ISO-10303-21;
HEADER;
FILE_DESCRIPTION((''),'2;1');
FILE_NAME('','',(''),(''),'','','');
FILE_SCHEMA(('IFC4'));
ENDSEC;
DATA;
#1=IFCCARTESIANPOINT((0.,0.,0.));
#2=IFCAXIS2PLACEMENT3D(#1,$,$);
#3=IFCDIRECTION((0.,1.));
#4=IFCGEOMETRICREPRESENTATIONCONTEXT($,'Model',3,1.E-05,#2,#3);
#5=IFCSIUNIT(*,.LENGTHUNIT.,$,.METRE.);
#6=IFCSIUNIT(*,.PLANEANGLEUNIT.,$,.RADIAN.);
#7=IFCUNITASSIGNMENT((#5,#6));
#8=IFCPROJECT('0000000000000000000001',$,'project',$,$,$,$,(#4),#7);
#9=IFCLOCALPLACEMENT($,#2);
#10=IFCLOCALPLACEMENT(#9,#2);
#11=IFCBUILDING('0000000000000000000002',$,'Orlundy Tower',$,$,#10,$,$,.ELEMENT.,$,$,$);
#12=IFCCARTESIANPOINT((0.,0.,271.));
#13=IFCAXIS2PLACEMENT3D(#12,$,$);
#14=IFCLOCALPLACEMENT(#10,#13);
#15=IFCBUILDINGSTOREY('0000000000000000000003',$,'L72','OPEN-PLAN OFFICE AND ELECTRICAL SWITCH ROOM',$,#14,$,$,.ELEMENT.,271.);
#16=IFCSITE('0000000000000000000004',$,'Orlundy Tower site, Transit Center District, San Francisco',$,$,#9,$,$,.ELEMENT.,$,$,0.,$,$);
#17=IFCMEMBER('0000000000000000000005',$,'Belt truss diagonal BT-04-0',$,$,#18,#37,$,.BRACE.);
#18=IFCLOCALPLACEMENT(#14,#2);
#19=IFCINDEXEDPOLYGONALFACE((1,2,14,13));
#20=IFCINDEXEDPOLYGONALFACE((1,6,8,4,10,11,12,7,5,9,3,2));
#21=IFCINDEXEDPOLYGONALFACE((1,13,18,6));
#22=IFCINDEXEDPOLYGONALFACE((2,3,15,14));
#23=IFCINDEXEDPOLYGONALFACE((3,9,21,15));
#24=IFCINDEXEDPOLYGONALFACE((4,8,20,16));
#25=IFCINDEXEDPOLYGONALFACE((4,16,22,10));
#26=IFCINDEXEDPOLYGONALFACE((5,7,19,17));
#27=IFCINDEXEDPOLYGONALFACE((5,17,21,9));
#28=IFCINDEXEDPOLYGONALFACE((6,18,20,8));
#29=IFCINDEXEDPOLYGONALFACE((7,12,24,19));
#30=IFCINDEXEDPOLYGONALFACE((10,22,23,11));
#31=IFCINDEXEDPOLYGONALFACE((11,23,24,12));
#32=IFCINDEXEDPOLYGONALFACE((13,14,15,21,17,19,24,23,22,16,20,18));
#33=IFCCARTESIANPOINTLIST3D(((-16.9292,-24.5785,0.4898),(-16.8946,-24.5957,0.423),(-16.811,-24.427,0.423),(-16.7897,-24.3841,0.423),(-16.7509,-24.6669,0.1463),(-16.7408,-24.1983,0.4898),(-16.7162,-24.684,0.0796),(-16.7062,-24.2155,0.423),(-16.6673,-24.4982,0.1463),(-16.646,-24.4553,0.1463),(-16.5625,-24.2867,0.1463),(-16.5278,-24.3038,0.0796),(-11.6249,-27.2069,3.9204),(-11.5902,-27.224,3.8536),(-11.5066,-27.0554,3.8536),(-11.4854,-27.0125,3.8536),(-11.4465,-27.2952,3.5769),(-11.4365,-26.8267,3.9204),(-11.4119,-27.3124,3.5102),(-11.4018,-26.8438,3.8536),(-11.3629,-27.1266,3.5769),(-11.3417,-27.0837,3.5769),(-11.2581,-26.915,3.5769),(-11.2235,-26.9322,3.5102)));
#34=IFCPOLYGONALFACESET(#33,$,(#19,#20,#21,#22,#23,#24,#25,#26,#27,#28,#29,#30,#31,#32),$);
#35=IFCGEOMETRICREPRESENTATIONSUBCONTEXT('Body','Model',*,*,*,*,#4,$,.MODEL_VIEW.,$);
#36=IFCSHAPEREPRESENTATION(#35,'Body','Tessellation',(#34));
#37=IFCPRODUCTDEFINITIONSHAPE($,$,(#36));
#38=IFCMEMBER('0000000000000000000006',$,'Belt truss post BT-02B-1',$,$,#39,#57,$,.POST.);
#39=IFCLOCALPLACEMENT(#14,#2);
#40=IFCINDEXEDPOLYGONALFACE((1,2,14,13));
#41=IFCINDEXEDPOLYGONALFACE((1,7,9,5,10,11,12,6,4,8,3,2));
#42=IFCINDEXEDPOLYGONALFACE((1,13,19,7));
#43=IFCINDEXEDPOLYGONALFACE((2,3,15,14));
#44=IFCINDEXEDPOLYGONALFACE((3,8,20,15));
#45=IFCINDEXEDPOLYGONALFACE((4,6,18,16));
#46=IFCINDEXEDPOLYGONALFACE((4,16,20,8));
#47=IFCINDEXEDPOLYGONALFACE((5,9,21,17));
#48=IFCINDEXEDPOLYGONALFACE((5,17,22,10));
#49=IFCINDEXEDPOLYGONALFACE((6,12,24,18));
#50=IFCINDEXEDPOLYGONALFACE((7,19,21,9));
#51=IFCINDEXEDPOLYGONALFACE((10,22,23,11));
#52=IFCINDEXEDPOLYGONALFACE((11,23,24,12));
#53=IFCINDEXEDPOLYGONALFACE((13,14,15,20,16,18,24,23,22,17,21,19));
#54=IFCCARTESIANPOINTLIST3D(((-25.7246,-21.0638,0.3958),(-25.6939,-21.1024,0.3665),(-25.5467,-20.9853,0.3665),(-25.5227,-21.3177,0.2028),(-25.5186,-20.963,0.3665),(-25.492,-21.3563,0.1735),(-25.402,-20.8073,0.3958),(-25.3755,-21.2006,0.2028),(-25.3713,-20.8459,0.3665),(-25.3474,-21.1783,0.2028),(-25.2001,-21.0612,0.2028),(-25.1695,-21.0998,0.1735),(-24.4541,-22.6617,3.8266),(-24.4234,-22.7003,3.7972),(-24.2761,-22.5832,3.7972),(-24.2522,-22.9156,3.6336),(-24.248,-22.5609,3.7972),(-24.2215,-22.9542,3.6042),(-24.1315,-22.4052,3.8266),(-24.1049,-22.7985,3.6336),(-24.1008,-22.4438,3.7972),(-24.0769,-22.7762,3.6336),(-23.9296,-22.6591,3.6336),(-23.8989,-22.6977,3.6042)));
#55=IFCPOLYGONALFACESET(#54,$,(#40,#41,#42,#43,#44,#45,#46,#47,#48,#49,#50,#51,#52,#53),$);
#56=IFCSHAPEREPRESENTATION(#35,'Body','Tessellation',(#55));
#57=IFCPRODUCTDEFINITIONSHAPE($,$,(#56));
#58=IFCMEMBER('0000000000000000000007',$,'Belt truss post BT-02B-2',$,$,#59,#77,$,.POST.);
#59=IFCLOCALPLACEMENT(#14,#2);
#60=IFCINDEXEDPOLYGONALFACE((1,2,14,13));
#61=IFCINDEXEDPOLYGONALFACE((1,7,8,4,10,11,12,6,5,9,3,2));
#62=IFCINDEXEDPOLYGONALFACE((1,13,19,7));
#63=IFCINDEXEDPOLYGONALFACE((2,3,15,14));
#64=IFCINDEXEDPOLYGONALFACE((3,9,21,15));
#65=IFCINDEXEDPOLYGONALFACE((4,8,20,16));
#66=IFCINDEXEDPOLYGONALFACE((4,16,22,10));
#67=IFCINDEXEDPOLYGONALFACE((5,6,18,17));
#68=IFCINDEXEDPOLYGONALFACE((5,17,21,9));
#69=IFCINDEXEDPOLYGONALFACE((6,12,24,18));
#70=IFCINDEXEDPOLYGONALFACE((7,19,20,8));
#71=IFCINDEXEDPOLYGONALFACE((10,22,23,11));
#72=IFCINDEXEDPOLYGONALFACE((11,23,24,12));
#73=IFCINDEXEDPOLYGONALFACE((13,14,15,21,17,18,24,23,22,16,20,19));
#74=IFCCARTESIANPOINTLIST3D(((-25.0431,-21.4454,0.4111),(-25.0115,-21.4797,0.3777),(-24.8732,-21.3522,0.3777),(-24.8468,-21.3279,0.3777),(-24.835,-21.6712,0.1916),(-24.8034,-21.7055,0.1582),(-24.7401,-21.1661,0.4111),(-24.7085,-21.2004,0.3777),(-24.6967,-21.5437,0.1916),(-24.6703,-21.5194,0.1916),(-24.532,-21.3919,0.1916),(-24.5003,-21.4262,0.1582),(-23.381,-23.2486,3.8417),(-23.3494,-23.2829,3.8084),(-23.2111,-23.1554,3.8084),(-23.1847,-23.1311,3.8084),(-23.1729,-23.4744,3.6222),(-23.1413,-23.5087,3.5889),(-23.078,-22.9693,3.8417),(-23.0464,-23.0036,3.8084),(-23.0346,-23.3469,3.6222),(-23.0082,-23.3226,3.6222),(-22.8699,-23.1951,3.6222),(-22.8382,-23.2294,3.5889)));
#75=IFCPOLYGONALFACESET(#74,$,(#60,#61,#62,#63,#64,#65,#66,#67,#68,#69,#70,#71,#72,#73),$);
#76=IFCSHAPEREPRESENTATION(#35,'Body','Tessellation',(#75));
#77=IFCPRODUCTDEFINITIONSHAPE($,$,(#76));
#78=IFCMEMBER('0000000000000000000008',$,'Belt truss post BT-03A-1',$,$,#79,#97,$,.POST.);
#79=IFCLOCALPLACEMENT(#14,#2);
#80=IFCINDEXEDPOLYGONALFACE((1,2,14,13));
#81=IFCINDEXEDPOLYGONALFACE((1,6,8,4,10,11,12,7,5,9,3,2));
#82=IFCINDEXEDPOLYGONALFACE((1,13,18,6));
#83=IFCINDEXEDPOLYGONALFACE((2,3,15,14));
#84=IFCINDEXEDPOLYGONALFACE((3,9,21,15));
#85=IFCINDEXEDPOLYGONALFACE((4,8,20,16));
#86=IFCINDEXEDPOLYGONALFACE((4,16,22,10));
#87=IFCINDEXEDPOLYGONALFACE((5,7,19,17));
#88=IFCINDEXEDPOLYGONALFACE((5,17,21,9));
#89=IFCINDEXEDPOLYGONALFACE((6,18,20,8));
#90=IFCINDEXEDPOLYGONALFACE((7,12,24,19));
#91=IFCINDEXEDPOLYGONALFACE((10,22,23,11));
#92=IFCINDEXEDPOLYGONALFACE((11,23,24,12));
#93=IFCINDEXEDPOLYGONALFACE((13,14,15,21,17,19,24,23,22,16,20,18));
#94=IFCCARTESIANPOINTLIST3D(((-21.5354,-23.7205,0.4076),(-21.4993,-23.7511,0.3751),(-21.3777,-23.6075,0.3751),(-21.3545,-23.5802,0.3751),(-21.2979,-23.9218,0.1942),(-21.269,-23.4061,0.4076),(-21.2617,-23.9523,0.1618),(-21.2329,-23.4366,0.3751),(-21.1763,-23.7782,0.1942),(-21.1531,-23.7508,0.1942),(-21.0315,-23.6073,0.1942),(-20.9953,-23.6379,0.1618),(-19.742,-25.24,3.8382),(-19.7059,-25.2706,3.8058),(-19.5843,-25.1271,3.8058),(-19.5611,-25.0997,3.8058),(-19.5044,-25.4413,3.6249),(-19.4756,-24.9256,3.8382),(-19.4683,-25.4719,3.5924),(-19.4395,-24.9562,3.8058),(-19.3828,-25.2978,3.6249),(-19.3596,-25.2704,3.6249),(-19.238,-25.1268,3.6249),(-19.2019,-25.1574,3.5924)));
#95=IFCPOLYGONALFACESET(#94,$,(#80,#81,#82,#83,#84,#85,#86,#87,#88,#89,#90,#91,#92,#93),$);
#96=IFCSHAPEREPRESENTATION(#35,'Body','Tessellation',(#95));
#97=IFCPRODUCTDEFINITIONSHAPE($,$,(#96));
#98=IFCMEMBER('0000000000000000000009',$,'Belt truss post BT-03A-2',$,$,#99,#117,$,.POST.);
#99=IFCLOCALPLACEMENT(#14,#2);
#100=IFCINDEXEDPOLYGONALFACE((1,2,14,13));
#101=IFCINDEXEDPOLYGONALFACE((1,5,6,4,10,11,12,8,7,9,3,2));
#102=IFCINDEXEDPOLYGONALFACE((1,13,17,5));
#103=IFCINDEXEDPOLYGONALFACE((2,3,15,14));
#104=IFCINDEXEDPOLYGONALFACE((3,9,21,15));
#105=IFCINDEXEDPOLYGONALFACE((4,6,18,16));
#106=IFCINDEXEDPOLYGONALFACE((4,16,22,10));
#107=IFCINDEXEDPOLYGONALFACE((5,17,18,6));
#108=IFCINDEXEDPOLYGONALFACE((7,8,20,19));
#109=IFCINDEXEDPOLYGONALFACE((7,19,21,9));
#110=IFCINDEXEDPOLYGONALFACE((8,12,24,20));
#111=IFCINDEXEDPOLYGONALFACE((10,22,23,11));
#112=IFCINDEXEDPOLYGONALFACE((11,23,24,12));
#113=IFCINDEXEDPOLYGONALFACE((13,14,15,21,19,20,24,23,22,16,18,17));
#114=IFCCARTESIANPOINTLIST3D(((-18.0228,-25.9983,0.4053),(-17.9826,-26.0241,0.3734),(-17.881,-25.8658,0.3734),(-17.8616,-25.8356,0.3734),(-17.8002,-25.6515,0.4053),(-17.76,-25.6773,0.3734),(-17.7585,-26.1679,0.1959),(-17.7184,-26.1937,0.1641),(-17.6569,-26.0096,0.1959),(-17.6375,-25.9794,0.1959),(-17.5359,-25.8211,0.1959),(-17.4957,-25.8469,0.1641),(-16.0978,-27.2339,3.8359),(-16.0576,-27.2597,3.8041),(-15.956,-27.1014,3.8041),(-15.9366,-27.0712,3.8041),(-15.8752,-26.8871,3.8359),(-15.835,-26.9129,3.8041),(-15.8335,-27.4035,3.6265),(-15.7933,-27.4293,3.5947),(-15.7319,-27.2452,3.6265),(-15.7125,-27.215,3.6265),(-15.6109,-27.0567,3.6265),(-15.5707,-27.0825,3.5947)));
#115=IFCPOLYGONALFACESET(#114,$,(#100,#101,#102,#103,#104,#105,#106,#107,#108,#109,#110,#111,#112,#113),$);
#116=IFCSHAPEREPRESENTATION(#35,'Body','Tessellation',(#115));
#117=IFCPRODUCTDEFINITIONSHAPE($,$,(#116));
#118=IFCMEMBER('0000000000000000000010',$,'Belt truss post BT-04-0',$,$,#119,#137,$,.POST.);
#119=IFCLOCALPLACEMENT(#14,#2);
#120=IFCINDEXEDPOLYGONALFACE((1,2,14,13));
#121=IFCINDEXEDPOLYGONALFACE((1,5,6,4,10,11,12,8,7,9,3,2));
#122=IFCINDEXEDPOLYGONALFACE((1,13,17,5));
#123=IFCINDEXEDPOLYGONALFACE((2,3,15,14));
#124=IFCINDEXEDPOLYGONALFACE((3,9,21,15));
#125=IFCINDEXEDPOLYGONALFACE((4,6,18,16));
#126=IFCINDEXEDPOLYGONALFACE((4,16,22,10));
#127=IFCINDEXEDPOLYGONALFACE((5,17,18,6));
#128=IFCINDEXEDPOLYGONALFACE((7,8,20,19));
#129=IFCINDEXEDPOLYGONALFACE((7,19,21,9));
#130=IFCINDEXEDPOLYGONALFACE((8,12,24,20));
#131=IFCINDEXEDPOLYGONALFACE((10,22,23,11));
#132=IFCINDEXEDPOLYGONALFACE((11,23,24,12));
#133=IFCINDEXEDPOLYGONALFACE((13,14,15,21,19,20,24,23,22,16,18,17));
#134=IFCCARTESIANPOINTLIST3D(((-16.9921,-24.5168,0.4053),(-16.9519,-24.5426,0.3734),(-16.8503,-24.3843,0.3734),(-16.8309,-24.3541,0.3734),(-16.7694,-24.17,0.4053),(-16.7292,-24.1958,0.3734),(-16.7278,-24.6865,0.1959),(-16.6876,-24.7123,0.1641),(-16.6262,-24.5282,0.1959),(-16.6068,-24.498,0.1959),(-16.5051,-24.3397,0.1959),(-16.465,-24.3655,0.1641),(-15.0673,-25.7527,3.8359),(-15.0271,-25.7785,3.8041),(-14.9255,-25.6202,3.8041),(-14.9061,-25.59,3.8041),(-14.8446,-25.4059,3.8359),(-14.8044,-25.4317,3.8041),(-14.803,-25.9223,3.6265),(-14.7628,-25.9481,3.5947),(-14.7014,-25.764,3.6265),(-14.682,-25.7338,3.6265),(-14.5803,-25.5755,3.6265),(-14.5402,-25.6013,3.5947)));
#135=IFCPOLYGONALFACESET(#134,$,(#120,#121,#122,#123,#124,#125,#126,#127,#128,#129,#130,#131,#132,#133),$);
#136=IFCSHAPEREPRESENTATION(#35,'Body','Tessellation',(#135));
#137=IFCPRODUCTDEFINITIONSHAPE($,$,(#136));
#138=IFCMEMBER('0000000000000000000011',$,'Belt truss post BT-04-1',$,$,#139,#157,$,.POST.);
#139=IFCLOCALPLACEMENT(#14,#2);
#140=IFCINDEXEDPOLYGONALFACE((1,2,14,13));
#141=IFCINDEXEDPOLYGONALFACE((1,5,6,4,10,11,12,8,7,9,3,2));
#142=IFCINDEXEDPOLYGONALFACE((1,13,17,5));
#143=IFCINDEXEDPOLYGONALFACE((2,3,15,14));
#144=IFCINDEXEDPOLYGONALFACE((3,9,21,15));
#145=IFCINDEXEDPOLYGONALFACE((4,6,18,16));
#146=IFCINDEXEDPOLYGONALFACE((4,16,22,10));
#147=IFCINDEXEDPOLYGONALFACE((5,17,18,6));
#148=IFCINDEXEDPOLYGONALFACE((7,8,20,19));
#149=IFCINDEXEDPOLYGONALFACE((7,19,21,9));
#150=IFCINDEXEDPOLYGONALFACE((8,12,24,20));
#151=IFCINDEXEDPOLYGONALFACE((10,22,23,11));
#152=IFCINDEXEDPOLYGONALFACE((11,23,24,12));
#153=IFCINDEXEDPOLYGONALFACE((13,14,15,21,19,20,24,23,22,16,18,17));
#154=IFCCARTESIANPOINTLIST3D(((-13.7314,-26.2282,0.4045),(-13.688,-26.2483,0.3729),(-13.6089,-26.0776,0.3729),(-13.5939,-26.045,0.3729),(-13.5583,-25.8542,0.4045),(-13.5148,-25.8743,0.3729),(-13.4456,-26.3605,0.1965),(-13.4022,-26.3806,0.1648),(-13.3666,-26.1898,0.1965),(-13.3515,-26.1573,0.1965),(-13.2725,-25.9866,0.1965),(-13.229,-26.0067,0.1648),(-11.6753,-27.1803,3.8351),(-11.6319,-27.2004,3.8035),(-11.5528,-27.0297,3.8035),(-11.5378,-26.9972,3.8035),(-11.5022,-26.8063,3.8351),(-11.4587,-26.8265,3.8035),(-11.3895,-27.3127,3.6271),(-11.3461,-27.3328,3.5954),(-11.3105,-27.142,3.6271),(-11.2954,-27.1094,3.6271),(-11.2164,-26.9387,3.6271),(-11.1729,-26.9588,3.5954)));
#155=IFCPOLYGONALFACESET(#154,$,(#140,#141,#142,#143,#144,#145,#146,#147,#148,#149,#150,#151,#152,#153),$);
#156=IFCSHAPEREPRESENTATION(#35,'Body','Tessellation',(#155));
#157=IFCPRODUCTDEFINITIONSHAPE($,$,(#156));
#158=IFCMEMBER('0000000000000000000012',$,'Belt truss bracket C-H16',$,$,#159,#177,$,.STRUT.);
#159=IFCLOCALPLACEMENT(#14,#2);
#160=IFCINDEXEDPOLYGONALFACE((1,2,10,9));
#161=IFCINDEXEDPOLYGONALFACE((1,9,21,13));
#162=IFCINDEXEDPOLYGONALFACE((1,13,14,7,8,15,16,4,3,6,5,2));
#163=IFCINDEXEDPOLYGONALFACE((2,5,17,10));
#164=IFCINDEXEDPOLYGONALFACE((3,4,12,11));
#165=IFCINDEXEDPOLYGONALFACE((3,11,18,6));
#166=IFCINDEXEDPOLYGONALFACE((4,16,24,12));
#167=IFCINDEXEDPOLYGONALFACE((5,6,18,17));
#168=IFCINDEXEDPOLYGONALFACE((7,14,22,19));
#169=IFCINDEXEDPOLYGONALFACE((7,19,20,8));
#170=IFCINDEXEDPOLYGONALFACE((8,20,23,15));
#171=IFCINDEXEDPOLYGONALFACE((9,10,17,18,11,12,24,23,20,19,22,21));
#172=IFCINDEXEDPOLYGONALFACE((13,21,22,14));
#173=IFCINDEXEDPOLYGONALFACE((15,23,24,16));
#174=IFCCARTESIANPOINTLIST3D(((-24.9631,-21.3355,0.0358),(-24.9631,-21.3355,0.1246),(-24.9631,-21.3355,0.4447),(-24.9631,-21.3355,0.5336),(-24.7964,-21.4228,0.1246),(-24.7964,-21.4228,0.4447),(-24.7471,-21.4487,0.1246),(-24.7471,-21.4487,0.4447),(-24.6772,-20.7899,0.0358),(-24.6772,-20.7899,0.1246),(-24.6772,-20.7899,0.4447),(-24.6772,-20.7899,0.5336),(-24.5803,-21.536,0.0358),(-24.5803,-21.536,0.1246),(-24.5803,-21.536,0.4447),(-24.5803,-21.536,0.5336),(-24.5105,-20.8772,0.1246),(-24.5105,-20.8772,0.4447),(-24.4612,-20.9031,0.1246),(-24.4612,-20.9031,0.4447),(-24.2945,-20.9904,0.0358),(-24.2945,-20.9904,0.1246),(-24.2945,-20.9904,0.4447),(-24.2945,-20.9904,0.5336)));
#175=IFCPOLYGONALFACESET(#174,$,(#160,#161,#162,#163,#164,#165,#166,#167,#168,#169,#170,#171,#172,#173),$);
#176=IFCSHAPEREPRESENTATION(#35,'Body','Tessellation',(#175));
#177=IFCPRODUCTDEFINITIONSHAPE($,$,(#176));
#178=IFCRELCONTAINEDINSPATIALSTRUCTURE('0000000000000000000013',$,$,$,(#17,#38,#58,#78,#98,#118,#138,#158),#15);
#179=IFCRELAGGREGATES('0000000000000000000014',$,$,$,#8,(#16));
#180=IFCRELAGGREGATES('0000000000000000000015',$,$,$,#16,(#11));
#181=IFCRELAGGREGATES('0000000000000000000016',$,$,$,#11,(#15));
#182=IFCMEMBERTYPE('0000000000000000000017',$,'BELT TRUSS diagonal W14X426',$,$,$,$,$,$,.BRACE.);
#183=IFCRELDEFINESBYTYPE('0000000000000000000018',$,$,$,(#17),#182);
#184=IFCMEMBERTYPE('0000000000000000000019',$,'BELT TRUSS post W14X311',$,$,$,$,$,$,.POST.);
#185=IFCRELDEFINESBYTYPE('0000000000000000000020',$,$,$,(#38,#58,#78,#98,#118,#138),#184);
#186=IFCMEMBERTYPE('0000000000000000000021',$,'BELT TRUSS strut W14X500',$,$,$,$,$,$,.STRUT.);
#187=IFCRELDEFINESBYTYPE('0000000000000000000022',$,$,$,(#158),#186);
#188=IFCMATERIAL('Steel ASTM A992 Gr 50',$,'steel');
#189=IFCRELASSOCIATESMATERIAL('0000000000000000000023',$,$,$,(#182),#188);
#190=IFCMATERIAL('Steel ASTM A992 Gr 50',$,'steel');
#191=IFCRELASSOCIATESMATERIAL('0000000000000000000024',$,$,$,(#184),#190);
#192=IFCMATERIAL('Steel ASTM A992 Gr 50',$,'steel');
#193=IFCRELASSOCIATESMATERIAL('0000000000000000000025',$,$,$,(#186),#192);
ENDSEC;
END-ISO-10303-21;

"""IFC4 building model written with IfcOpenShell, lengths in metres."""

from ifc_helpers import new_model, si_unit, direction, frame, origin, origin_2d, place, context, subcontext, project, spatial, i_section, extrude, material, material_profile, profile_set, type_object, element, save


model = new_model("IFC4")

# Units and contexts
model_context = context("Model", 3, precision=1e-05, world=origin(), true_north=direction((0.0, 1.0)))
body_context = subcontext(model_context, "Body", "Model", "MODEL_VIEW")
ifc_project = project(units=[si_unit("LENGTHUNIT", "METRE"), si_unit("PLANEANGLEUNIT", "RADIAN")], contexts=[model_context])

# Site, building, storey
site_placement = place(None, origin())
site = spatial("IfcSite", under=ifc_project, at=site_placement, Name="Orlundy Tower site, Transit Center District, San Francisco", CompositionType="ELEMENT", RefElevation=0.0)
building_placement = place(site_placement, origin())
building = spatial("IfcBuilding", under=site, at=building_placement, Name="Orlundy Tower", CompositionType="ELEMENT")
storey_placement = place(building_placement, frame((0.0, 0.0, 271.0)))
storey = spatial("IfcBuildingStorey", under=building, at=storey_placement, Name="L72", Description="OPEN-PLAN OFFICE AND ELECTRICAL SWITCH ROOM", CompositionType="ELEMENT", Elevation=271.0)

# Members
ifc_material_1 = material(Name="Steel ASTM A992 Gr 50", Category="steel")
ifc_material_profile_1 = material_profile(ifc_material_1, i_section(OverallWidth=0.4243, OverallDepth=0.4741, WebThickness=0.0479, FlangeThickness=0.0771, at=origin_2d()), Name="W14X426")
ifc_profile_set_1 = profile_set([ifc_material_profile_1], Name="Steel ASTM A992 Gr 50")
member_type_1 = type_object("IfcMemberType", Name="BELT TRUSS diagonal W14X426", PredefinedType="BRACE", material=ifc_profile_set_1)
member_1_placement = place(storey_placement, frame((-16.7285, -24.4412, 0.2847), z_axis=(0.775259, -0.38415, 0.501401), x_axis=(0.443994, 0.89603, 0.0)))
element("IfcMember", 1, at=member_1_placement, inside=storey, type_object=member_type_1, Name="Belt truss diagonal BT-04-0", PredefinedType="BRACE", context=body_context, shape_type="SweptSolid", body=[
    extrude(i_section(OverallWidth=0.4243, OverallDepth=0.4741, WebThickness=0.0479, FlangeThickness=0.0771, at=origin_2d()), origin(), (0.0, 0.0, 1.0), 6.842),
])
ifc_material_2 = material(Name="Steel ASTM A992 Gr 50", Category="steel")
ifc_material_profile_2 = material_profile(ifc_material_2, i_section(OverallWidth=0.4121, OverallDepth=0.4348, WebThickness=0.0359, FlangeThickness=0.0574, at=origin_2d()), Name="W14X311")
ifc_profile_set_2 = profile_set([ifc_material_profile_2], Name="Steel ASTM A992 Gr 50")
member_type_2 = type_object("IfcMemberType", Name="BELT TRUSS post W14X311", PredefinedType="POST", material=ifc_profile_set_2)
member_2_placement = place(storey_placement, frame((-25.447, -21.0818, 0.2847), z_axis=(0.318255, -0.400265, 0.859361), x_axis=(0.782732, 0.622359, 0.0)))
element("IfcMember", 2, at=member_2_placement, inside=storey, type_object=member_type_2, Name="Belt truss post BT-02B-1", PredefinedType="POST", context=body_context, shape_type="SweptSolid", body=[
    extrude(i_section(OverallWidth=0.4121, OverallDepth=0.4348, WebThickness=0.0359, FlangeThickness=0.0574, at=origin_2d()), origin(), (0.0, 0.0, 1.0), 3.9922),
])
member_3_placement = place(storey_placement, frame((-24.7717, -21.4358, 0.2847), z_axis=(0.394138, -0.427601, 0.813518), x_axis=(0.735292, 0.677751, 0.0)))
element("IfcMember", 3, at=member_3_placement, inside=storey, type_object=member_type_2, Name="Belt truss post BT-02B-2", PredefinedType="POST", context=body_context, shape_type="SweptSolid", body=[
    extrude(i_section(OverallWidth=0.4121, OverallDepth=0.4348, WebThickness=0.0359, FlangeThickness=0.0574, at=origin_2d()), origin(), (0.0, 0.0, 1.0), 4.217),
])
member_4_placement = place(storey_placement, frame((-21.2654, -23.6792, 0.2847), z_axis=(0.431253, -0.365385, 0.824933), x_axis=(0.646436, 0.762969, 0.0)))
element("IfcMember", 4, at=member_4_placement, inside=storey, type_object=member_type_2, Name="Belt truss post BT-03A-1", PredefinedType="POST", context=body_context, shape_type="SweptSolid", body=[
    extrude(i_section(OverallWidth=0.4121, OverallDepth=0.4348, WebThickness=0.0359, FlangeThickness=0.0574, at=origin_2d()), origin(), (0.0, 0.0, 1.0), 4.1587),
])
for number, where, z_axis, x_axis, name in (
    (5, (-17.7593, -25.9226, 0.2847), (0.466866, -0.299659, 0.83201), (0.540159, 0.841563, 0.0), "Belt truss post BT-03A-2"),
    (6, (-16.7285, -24.4412, 0.2847), (0.466811, -0.299721, 0.832018), (0.540283, 0.841484, 0.0), "Belt truss post BT-04-0"),
):
    element("IfcMember", number, at=place(storey_placement, frame(where, z_axis=z_axis, x_axis=x_axis)), inside=storey, type_object=member_type_2, Name=name, PredefinedType="POST", context=body_context, shape_type="SweptSolid", body=[
        extrude(i_section(OverallWidth=0.4121, OverallDepth=0.4348, WebThickness=0.0359, FlangeThickness=0.0574, at=origin_2d()), origin(), (0.0, 0.0, 1.0), 4.1233),
    ])
member_5_placement = place(storey_placement, frame((-13.4802, -26.1174, 0.2847), z_axis=(0.500107, -0.231586, 0.834422), x_axis=(0.420206, 0.907429, 0.0)))
element("IfcMember", 7, at=member_5_placement, inside=storey, type_object=member_type_2, Name="Belt truss post BT-04-1", PredefinedType="POST", context=body_context, shape_type="SweptSolid", body=[
    extrude(i_section(OverallWidth=0.4121, OverallDepth=0.4348, WebThickness=0.0359, FlangeThickness=0.0574, at=origin_2d()), origin(), (0.0, 0.0, 1.0), 4.1113),
])
ifc_material_3 = material(Name="Steel ASTM A992 Gr 50", Category="steel")
ifc_material_profile_3 = material_profile(ifc_material_3, i_section(OverallWidth=0.4321, OverallDepth=0.4978, WebThickness=0.0557, FlangeThickness=0.0889, at=origin_2d()), Name="W14X500")
ifc_profile_set_3 = profile_set([ifc_material_profile_3], Name="Steel ASTM A992 Gr 50")
member_type_3 = type_object("IfcMemberType", Name="BELT TRUSS strut W14X500", PredefinedType="STRUT", material=ifc_profile_set_3)
member_6_placement = place(storey_placement, frame((-24.4858, -20.8901, 0.2847), z_axis=(-0.464096, -0.885785, 0.0), x_axis=(0.885785, -0.464096, 0.0)))
element("IfcMember", 8, at=member_6_placement, inside=storey, type_object=member_type_3, Name="Belt truss bracket C-H16", PredefinedType="STRUT", context=body_context, shape_type="SweptSolid", body=[
    extrude(i_section(OverallWidth=0.4321, OverallDepth=0.4978, WebThickness=0.0557, FlangeThickness=0.0889, at=origin_2d()), origin(), (0.0, 0.0, 1.0), 0.616),
])

save(model, "model.ifc")
